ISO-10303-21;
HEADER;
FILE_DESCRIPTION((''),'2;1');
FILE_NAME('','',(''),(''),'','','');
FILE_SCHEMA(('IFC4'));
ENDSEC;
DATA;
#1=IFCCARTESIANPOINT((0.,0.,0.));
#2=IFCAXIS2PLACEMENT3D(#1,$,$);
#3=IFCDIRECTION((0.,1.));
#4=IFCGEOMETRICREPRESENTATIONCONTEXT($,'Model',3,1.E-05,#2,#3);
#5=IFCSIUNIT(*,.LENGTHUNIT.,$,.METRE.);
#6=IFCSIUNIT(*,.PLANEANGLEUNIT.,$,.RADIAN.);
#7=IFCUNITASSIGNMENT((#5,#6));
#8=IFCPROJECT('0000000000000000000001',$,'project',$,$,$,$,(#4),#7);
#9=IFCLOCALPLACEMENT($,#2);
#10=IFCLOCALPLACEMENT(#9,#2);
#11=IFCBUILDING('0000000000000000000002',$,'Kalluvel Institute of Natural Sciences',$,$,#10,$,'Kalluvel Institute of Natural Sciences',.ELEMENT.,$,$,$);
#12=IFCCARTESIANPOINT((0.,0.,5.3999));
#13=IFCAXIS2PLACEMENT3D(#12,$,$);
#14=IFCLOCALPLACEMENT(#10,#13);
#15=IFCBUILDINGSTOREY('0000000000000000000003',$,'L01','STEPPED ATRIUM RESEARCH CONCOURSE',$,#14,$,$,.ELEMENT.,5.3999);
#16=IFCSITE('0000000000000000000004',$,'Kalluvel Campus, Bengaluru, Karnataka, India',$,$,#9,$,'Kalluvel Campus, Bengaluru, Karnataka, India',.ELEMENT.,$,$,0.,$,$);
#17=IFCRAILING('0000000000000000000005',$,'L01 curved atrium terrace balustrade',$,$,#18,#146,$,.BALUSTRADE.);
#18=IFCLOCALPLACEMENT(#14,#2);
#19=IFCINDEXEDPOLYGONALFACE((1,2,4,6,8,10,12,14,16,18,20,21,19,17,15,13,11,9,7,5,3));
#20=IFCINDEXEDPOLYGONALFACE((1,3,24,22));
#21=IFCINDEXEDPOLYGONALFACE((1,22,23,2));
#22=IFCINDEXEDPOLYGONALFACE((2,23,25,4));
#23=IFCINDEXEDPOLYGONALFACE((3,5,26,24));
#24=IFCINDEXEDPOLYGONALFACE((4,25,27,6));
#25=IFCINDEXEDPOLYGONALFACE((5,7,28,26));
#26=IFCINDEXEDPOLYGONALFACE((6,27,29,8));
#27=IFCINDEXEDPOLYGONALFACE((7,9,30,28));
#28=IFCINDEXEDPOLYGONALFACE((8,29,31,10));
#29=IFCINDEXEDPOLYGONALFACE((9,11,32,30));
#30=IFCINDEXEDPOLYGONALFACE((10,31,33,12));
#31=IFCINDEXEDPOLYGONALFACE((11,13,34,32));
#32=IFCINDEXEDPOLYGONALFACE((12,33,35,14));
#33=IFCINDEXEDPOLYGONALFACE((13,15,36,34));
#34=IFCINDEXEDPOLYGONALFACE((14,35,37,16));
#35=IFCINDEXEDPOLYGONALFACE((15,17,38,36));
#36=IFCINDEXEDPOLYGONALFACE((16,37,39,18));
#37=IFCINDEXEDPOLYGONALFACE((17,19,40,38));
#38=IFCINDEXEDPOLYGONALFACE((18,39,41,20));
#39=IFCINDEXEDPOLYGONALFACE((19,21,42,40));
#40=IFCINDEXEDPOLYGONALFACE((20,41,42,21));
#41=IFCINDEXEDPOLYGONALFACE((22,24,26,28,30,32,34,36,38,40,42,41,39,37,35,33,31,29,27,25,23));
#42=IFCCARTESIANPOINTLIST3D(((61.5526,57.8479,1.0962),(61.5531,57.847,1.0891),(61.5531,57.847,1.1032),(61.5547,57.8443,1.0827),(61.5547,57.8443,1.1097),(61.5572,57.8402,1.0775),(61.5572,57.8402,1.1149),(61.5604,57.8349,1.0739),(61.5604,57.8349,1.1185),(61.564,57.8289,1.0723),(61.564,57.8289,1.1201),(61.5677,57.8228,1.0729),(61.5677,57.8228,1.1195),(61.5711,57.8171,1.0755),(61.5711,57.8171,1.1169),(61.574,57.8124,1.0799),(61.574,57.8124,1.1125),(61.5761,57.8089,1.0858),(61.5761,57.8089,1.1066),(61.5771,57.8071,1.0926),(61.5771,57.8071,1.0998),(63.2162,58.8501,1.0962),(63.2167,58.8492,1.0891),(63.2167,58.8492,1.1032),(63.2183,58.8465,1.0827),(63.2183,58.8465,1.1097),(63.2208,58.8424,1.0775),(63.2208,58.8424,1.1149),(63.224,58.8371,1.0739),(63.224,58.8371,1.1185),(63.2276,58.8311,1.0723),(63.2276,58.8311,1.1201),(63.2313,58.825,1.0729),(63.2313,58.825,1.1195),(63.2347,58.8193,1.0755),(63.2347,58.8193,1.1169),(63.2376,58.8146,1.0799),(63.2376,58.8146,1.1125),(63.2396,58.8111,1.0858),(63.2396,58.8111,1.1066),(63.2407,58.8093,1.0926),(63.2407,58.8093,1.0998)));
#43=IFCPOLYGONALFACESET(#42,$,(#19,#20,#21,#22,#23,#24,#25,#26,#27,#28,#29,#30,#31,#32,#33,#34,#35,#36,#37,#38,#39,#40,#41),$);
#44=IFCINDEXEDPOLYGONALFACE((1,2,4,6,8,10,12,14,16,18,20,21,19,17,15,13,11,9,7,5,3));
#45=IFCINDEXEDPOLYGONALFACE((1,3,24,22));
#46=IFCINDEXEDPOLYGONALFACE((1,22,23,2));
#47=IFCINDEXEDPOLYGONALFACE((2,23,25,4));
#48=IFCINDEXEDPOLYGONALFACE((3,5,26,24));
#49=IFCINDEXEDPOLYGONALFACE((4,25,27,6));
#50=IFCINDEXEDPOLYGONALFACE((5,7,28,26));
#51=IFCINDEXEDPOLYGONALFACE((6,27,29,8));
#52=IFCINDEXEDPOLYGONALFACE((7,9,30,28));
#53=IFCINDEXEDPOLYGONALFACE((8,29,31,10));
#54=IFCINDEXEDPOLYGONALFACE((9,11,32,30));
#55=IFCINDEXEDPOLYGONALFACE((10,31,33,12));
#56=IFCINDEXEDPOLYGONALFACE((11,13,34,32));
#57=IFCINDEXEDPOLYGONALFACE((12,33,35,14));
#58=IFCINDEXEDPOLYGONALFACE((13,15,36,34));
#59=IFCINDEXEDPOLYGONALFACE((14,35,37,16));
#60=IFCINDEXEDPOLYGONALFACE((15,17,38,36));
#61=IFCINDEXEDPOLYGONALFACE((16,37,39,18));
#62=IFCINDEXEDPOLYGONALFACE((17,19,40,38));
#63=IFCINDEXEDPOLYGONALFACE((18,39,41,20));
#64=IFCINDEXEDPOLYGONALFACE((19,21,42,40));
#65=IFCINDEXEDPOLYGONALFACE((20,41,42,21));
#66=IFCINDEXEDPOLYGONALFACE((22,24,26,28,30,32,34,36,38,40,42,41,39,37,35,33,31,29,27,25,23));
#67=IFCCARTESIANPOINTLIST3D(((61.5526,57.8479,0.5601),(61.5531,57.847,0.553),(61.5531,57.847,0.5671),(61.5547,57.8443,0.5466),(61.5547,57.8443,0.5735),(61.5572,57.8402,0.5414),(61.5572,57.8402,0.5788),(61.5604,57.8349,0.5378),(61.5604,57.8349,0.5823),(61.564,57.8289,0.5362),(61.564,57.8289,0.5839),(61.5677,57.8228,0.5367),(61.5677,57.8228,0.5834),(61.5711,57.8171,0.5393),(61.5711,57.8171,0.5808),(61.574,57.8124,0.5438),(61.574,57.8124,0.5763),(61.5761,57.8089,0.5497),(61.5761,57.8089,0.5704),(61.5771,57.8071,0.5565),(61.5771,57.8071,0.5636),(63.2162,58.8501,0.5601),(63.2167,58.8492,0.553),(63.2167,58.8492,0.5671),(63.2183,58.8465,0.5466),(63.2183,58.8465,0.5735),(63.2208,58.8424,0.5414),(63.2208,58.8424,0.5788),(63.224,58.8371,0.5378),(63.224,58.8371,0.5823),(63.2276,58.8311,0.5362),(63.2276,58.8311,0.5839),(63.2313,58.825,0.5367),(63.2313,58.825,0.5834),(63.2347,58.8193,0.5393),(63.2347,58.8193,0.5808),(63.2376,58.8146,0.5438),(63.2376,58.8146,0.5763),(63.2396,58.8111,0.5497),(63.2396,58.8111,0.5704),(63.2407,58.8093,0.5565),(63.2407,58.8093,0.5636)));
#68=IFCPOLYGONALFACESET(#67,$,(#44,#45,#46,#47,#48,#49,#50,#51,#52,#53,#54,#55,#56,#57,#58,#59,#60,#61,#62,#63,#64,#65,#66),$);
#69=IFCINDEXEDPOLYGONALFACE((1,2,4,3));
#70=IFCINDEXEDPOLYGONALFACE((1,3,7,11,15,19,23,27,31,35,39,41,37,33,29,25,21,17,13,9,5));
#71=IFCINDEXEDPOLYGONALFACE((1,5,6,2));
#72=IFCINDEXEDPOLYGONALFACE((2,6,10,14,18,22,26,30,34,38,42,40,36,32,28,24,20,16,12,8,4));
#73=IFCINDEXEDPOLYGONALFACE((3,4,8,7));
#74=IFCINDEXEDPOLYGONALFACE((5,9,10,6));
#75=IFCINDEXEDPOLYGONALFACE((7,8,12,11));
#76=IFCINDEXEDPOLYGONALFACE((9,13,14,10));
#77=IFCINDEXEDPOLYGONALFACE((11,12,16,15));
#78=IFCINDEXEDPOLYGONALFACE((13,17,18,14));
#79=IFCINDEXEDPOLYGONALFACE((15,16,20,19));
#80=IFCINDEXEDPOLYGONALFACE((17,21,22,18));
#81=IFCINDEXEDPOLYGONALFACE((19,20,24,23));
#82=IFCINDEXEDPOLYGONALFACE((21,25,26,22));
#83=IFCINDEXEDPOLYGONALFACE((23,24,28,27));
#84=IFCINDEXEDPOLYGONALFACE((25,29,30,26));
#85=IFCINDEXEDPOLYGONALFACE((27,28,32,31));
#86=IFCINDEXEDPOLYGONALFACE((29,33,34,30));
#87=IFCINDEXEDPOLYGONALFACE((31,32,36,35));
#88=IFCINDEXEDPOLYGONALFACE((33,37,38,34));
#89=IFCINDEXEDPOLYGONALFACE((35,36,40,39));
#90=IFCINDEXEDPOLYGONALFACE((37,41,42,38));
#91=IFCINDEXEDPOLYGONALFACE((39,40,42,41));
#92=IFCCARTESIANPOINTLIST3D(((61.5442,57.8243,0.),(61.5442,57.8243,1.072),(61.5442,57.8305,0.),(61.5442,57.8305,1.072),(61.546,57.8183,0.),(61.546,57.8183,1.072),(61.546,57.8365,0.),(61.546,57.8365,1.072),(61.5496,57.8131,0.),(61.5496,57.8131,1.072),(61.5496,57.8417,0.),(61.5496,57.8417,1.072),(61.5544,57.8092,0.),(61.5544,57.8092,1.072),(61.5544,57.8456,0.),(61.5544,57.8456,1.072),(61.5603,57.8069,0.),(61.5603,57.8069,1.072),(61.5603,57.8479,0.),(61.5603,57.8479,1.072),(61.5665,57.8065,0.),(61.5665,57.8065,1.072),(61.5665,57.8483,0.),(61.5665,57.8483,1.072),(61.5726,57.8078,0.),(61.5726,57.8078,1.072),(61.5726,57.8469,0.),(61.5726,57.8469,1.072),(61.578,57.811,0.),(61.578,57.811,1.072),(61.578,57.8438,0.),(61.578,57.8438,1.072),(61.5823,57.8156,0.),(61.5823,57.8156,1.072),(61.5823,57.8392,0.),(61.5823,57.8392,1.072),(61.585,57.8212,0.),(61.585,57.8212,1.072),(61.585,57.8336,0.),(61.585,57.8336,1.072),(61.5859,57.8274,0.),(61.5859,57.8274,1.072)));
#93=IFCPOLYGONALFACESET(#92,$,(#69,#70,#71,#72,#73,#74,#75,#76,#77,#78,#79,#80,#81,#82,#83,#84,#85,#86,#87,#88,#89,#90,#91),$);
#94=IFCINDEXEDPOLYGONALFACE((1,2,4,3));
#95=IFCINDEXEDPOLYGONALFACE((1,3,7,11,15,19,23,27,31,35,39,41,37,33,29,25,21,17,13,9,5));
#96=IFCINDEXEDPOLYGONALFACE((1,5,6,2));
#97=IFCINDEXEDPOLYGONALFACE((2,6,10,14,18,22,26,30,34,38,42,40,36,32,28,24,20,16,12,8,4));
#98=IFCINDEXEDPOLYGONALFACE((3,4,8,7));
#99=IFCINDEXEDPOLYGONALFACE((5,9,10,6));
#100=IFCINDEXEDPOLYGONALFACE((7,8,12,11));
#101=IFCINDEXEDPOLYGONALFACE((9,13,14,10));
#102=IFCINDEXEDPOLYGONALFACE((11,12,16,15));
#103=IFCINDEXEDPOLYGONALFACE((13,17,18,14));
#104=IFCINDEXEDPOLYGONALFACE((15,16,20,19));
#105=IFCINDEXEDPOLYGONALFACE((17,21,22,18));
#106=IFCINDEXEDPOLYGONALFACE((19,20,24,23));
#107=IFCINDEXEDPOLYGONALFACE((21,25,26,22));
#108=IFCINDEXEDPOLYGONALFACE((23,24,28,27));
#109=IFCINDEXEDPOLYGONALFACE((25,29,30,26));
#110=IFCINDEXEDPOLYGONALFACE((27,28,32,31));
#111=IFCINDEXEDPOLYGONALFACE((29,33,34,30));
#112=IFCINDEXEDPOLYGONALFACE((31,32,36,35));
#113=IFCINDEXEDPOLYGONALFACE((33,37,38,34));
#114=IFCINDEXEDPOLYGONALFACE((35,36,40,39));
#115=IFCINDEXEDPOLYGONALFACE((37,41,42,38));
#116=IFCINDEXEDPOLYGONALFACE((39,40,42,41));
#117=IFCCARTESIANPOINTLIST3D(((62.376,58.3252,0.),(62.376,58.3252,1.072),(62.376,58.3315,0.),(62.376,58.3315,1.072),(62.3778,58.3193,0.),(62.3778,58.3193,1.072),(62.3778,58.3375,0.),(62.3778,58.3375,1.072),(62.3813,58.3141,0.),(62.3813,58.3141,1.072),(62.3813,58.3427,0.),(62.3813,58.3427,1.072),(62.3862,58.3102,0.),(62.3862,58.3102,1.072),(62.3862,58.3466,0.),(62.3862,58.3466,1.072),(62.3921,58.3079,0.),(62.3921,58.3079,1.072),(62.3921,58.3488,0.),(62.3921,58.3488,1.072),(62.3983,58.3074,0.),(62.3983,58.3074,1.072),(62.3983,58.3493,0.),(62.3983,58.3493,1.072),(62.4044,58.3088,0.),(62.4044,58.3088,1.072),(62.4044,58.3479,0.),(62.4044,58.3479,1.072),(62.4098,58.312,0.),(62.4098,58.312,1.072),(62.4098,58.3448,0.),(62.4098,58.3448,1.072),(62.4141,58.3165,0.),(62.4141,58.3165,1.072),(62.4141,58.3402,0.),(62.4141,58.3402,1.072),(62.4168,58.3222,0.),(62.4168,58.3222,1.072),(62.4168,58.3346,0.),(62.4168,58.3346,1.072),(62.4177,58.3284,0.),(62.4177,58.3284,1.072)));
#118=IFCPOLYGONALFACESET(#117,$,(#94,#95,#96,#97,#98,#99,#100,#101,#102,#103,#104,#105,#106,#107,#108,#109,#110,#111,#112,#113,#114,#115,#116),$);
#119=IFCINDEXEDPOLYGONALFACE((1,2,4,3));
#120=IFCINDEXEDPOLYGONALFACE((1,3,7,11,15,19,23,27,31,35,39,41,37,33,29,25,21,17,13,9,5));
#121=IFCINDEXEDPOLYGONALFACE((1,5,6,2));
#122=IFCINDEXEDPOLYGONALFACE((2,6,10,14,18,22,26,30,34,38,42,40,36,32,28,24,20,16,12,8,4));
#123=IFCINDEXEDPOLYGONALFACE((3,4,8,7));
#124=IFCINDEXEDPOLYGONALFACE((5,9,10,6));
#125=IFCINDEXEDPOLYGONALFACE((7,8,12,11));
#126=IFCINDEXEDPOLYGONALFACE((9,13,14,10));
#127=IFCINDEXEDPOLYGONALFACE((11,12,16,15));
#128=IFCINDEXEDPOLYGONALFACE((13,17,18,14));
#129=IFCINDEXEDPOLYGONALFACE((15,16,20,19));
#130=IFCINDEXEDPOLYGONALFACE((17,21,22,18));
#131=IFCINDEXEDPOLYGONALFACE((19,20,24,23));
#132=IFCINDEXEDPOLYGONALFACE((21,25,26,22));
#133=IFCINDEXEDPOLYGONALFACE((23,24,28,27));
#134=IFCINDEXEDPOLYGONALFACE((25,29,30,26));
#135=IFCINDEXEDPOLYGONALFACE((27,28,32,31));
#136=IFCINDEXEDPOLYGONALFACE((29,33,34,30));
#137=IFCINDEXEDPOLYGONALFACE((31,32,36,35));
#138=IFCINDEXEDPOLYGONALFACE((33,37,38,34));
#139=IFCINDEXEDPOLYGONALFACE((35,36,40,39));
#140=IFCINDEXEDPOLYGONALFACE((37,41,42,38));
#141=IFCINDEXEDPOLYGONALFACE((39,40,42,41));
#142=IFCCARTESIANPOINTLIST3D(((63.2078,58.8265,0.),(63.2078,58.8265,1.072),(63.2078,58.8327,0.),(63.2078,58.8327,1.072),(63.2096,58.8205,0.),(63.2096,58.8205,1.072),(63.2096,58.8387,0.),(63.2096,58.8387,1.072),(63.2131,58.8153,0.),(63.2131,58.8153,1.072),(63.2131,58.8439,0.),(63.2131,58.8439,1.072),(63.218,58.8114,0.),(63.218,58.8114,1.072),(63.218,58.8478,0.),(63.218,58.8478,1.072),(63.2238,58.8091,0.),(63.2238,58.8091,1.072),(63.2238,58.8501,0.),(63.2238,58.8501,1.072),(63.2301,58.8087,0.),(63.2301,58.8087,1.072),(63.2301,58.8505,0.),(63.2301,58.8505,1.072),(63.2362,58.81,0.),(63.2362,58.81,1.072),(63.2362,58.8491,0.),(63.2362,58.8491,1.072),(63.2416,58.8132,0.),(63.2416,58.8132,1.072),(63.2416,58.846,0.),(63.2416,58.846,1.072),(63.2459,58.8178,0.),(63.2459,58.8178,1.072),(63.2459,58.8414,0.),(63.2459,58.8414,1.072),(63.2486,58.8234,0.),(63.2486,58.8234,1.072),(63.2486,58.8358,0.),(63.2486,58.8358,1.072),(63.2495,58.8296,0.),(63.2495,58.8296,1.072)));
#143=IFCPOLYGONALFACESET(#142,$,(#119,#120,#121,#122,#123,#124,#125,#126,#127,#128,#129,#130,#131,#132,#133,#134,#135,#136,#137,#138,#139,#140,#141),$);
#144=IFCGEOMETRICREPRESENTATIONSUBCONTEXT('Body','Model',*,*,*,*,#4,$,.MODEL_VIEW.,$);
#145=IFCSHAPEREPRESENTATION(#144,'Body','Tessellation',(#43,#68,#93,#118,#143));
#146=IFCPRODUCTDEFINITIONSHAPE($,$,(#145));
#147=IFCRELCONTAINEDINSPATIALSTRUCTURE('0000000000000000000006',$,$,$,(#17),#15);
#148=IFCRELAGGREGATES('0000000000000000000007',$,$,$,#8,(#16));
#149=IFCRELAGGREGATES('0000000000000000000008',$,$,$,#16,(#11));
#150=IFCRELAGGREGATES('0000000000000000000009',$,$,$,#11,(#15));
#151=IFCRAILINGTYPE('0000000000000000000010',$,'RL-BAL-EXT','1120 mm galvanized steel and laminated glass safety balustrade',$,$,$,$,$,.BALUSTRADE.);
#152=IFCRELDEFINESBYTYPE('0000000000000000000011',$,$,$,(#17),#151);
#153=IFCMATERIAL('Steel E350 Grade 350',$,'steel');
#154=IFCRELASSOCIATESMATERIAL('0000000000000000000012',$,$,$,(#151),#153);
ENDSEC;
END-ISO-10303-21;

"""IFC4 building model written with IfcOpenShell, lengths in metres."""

from ifc_helpers import new_model, si_unit, direction, frame, origin, origin_2d, place, context, subcontext, project, spatial, circle, extrude, material, type_object, element, save


model = new_model("IFC4")

# Units and contexts
model_context = context("Model", 3, precision=1e-05, world=origin(), true_north=direction((0.0, 1.0)))
body_context = subcontext(model_context, "Body", "Model", "MODEL_VIEW")
ifc_project = project(units=[si_unit("LENGTHUNIT", "METRE"), si_unit("PLANEANGLEUNIT", "RADIAN")], contexts=[model_context])

# Site, building, storey
site_placement = place(None, origin())
site = spatial("IfcSite", under=ifc_project, at=site_placement, Name="Kalluvel Campus, Bengaluru, Karnataka, India", LongName="Kalluvel Campus, Bengaluru, Karnataka, India", CompositionType="ELEMENT", RefElevation=0.0)
building_placement = place(site_placement, origin())
building = spatial("IfcBuilding", under=site, at=building_placement, Name="Kalluvel Institute of Natural Sciences", LongName="Kalluvel Institute of Natural Sciences", CompositionType="ELEMENT")
storey_placement = place(building_placement, frame((0.0, 0.0, 5.3999)))
storey = spatial("IfcBuildingStorey", under=building, at=storey_placement, Name="L01", Description="STEPPED ATRIUM RESEARCH CONCOURSE", CompositionType="ELEMENT", Elevation=5.3999)

# Railing
ifc_material_1 = material(Name="Steel E350 Grade 350", Category="steel")
railing_type = type_object("IfcRailingType", Name="RL-BAL-EXT", Description="1120 mm galvanized steel and laminated glass safety balustrade", PredefinedType="BALUSTRADE", material=ifc_material_1)
railing_1_placement = place(storey_placement, frame((61.5649, 57.8274, 0.0)))
element("IfcRailing", 1, at=railing_1_placement, inside=storey, type_object=railing_type, Name="L01 curved atrium terrace balustrade", PredefinedType="BALUSTRADE", context=body_context, shape_type="SweptSolid", body=[
    extrude(circle(Radius=0.0239, at=origin_2d()), frame((0.0, 0.0, 1.0962), z_axis=(0.856571, 0.516029, 0.0), x_axis=(-0.516029, 0.856571, 0.0)), (0.0, 0.0, 1.0), 1.9421),
    extrude(circle(Radius=0.0239, at=origin_2d()), frame((0.0, 0.0, 0.5601), z_axis=(0.856571, 0.516029, 0.0), x_axis=(-0.516029, 0.856571, 0.0)), (0.0, 0.0, 1.0), 1.9421),
    extrude(circle(Radius=0.021, at=origin_2d()), origin(), (0.0, 0.0, 1.0), 1.072),
    extrude(circle(Radius=0.021, at=origin_2d()), frame((0.8318, 0.501, 0.0)), (0.0, 0.0, 1.0), 1.072),
    extrude(circle(Radius=0.021, at=origin_2d()), frame((1.6636, 1.0022, 0.0)), (0.0, 0.0, 1.0), 1.072),
])

save(model, "model.ifc")
